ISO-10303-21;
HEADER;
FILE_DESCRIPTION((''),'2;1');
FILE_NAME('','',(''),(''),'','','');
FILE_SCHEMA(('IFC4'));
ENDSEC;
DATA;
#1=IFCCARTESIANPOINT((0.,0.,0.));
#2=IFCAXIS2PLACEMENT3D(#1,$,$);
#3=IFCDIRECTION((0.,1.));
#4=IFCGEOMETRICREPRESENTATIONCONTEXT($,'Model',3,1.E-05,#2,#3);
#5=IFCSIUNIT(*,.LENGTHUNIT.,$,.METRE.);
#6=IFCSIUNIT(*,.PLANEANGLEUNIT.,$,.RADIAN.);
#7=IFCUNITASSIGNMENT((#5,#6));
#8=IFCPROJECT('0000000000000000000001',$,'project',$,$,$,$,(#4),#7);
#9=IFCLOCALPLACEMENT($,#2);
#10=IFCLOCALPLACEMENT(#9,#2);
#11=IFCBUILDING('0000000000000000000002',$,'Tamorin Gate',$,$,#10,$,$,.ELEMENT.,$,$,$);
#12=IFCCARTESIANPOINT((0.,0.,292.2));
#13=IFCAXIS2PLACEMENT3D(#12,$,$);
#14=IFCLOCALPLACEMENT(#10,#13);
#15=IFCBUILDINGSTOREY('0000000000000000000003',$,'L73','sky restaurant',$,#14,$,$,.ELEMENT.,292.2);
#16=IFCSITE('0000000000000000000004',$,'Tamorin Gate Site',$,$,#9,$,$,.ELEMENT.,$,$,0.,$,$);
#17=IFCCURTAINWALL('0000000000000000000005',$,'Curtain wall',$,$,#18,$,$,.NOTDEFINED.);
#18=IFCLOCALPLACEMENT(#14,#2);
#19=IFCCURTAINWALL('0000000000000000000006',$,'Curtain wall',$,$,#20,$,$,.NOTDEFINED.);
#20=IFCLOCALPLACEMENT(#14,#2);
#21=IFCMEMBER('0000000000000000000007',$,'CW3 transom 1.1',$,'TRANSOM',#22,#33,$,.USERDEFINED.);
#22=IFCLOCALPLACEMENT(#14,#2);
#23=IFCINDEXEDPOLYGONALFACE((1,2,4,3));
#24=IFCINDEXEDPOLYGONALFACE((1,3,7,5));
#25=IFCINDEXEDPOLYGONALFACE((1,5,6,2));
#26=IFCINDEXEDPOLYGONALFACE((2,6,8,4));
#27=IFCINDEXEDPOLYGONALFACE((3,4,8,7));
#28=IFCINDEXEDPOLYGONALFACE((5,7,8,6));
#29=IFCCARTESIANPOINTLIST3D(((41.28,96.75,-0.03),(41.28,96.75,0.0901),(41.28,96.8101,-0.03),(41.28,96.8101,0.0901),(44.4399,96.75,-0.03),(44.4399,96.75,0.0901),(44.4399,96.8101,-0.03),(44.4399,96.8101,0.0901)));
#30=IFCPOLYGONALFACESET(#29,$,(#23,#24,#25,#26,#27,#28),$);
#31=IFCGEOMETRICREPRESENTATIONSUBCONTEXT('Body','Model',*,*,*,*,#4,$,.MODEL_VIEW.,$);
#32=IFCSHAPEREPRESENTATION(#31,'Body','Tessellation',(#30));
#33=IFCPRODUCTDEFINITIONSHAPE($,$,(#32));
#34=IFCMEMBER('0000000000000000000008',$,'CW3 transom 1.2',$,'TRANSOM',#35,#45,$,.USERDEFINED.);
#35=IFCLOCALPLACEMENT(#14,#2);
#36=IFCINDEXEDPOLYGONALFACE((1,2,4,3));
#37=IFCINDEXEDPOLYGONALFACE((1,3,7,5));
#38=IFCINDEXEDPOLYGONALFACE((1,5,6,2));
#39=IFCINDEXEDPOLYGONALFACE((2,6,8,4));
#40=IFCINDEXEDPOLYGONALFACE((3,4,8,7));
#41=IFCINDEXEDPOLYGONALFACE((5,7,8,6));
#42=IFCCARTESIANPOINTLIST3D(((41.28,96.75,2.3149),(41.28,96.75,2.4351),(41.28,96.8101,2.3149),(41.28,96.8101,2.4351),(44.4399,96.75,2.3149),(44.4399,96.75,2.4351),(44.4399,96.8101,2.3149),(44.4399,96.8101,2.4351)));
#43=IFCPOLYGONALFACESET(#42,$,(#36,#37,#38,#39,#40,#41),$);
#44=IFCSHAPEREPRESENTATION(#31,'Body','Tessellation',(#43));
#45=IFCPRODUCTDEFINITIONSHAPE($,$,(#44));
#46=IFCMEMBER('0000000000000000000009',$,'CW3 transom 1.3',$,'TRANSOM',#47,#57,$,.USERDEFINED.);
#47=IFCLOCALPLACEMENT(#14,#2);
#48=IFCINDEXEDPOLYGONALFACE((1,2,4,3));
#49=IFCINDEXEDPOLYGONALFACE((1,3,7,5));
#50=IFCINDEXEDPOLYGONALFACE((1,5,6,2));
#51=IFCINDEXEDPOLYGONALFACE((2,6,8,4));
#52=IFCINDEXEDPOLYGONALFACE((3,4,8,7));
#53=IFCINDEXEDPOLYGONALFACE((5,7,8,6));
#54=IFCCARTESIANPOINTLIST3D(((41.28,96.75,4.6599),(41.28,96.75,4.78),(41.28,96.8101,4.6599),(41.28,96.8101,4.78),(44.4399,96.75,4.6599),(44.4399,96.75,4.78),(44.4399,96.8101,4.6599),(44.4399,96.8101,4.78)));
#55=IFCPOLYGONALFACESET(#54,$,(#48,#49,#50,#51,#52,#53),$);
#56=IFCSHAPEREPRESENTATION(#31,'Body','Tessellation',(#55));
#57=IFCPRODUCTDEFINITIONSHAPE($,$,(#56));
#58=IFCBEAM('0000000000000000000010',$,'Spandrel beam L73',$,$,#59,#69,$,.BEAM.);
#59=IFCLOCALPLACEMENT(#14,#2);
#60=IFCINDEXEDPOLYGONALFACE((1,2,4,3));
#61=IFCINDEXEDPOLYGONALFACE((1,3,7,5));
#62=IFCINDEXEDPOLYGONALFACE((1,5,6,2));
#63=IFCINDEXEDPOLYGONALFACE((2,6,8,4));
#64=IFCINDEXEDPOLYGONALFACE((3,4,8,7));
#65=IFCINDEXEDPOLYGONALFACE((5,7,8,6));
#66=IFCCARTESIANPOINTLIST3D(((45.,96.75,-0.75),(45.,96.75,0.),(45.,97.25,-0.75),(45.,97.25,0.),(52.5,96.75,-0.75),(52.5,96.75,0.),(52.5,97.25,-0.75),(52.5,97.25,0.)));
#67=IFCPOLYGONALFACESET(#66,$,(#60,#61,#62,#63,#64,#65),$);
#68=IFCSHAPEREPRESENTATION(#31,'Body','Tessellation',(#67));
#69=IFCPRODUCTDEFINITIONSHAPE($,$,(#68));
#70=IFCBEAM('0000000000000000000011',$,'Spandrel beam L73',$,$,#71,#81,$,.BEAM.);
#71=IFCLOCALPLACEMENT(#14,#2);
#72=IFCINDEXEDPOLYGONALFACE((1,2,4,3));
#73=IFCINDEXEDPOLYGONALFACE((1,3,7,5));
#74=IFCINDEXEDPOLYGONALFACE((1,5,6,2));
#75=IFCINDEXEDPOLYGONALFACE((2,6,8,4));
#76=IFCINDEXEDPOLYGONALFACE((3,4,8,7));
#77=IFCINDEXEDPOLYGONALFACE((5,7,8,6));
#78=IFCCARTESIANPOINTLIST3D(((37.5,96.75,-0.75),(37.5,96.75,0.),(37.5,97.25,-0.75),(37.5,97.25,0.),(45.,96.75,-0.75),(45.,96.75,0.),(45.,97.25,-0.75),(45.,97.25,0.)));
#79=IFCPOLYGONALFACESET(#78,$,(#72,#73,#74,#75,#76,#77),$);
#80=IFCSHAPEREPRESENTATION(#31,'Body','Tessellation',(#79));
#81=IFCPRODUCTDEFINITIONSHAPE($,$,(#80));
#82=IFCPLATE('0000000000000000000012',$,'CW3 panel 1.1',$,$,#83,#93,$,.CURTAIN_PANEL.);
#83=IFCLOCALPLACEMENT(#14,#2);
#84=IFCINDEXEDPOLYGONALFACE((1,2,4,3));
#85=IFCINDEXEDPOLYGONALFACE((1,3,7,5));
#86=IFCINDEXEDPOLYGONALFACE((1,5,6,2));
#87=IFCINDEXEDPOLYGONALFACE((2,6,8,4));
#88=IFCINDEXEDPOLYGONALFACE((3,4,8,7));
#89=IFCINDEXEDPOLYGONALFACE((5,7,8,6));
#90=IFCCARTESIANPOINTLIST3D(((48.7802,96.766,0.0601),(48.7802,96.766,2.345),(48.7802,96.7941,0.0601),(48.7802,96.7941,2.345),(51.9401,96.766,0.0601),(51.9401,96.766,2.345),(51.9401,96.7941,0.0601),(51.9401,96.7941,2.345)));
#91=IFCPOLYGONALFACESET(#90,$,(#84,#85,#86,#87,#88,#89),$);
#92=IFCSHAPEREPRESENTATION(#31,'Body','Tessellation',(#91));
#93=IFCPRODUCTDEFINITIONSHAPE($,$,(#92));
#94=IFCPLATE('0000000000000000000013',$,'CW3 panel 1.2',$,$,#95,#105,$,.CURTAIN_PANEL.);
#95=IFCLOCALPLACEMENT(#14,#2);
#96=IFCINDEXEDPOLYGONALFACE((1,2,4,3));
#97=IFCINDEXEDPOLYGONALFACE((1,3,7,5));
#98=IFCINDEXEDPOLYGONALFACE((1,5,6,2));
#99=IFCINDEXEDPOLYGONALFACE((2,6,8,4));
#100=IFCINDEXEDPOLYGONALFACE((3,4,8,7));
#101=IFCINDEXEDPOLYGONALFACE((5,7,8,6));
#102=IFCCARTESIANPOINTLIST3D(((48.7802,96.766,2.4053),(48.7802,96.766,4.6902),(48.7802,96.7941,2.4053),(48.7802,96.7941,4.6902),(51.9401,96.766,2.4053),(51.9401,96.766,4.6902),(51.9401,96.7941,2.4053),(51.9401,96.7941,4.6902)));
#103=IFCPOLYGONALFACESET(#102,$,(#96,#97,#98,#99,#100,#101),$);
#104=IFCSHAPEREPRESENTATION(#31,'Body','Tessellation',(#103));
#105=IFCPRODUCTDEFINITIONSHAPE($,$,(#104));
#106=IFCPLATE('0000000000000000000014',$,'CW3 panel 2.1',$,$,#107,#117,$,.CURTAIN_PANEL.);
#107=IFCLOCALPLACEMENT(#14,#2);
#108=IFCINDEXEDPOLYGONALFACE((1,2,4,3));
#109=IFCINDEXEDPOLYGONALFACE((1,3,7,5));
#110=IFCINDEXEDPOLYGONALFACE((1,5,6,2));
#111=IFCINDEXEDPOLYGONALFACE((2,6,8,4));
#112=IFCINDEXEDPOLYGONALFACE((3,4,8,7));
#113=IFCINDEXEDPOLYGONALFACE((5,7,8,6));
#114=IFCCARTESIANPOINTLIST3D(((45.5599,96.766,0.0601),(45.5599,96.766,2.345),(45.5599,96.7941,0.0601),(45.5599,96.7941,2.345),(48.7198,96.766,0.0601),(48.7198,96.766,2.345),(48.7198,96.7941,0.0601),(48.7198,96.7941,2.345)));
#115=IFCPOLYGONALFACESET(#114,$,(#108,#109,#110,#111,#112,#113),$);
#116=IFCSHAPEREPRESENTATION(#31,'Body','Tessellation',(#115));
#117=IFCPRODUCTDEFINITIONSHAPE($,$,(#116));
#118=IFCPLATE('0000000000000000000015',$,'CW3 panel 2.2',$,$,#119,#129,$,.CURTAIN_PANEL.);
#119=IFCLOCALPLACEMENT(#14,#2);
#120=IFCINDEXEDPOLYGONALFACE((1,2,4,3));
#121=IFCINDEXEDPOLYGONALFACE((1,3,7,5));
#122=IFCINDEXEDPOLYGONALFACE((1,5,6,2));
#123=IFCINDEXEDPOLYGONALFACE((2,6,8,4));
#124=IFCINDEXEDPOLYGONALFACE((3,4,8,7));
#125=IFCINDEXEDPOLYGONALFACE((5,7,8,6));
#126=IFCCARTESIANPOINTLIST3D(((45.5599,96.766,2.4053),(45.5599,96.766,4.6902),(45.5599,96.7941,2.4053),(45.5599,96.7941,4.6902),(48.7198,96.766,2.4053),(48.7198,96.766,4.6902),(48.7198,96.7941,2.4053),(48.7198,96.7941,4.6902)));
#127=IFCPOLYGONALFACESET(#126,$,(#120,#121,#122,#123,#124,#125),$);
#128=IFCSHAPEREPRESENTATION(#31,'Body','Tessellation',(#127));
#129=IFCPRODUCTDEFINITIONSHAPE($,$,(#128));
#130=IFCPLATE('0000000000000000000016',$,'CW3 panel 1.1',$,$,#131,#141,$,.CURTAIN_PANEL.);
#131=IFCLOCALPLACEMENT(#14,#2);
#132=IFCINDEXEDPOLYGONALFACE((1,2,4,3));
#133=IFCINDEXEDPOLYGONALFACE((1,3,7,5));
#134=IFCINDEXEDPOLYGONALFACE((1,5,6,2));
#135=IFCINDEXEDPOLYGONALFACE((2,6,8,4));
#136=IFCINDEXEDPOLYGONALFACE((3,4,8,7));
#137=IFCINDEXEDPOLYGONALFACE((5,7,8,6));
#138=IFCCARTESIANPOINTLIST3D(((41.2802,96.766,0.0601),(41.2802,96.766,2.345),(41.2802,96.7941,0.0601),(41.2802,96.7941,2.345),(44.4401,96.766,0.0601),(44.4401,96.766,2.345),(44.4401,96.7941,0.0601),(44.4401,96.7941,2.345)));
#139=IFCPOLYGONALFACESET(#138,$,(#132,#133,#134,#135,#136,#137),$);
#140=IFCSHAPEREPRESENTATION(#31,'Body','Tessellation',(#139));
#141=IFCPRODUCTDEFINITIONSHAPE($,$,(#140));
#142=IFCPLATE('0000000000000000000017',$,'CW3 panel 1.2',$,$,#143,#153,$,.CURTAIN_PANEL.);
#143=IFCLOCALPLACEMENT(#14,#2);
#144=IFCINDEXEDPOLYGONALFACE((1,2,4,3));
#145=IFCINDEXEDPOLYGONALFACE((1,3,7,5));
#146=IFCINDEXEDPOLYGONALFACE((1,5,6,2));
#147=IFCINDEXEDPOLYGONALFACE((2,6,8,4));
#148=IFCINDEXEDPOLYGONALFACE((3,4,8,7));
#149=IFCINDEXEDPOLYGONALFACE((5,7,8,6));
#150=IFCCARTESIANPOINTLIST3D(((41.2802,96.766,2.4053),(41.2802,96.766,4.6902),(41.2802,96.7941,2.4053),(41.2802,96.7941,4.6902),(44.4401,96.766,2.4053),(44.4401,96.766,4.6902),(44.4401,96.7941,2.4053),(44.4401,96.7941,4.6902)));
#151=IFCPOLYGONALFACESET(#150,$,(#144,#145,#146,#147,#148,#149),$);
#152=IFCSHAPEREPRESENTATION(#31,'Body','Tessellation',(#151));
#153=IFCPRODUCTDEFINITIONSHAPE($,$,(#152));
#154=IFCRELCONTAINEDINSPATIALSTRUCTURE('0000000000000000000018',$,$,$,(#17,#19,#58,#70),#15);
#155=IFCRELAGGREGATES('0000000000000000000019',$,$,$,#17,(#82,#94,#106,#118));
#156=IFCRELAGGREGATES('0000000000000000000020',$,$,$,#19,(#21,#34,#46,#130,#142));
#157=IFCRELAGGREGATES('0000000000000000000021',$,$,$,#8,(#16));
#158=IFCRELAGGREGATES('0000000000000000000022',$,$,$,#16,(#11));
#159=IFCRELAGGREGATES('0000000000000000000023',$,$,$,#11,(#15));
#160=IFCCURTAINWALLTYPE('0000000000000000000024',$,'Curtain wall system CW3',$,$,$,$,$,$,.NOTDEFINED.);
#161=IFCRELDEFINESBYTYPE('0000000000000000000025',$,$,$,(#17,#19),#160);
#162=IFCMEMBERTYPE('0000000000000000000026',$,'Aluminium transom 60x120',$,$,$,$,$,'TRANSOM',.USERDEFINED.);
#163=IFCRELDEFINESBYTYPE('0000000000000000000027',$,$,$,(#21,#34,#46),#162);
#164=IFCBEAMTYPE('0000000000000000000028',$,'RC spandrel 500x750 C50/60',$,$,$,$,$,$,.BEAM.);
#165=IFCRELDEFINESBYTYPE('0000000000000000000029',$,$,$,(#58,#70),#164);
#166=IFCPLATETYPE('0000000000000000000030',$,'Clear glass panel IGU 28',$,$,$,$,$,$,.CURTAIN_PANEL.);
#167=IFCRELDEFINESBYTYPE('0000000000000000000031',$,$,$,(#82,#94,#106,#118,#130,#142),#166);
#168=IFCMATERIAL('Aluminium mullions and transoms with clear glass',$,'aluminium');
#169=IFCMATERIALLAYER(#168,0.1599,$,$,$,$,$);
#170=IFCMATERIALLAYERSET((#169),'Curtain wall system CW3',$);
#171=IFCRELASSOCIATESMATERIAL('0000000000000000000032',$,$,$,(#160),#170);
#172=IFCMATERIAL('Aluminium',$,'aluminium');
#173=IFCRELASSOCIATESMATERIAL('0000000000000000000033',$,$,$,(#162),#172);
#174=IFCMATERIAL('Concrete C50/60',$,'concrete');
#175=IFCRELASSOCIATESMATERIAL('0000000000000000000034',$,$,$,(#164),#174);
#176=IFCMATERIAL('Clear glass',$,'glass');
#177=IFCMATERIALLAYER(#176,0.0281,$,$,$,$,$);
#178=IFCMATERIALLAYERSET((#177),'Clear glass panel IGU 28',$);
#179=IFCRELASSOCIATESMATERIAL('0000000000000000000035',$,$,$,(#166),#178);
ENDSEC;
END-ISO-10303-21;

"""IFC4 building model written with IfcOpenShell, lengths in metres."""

from ifc_helpers import new_model, si_unit, direction, frame, origin, origin_2d, place, context, subcontext, project, spatial, rectangle, extrude, material, layer, layer_set, material_profile, profile_set, type_object, element, aggregate, save


model = new_model("IFC4")

# Units and contexts
model_context = context("Model", 3, precision=1e-05, world=origin(), true_north=direction((0.0, 1.0)))
body_context = subcontext(model_context, "Body", "Model", "MODEL_VIEW")
ifc_project = project(units=[si_unit("LENGTHUNIT", "METRE"), si_unit("PLANEANGLEUNIT", "RADIAN")], contexts=[model_context])

# Site, building, storey
site_placement = place(None, origin())
site = spatial("IfcSite", under=ifc_project, at=site_placement, Name="Tamorin Gate Site", CompositionType="ELEMENT", RefElevation=0.0)
building_placement = place(site_placement, origin())
building = spatial("IfcBuilding", under=site, at=building_placement, Name="Tamorin Gate", CompositionType="ELEMENT")
storey_placement = place(building_placement, frame((0.0, 0.0, 292.2)))
storey = spatial("IfcBuildingStorey", under=building, at=storey_placement, Name="L73", Description="sky restaurant", CompositionType="ELEMENT", Elevation=292.2)

# Shared definitions
ifc_material_1 = material(Name="Concrete C50/60", Category="concrete")

# Shared definitions
ifc_material_2 = material(Name="Aluminium mullions and transoms with clear glass", Category="aluminium")
ifc_layer_1 = layer(ifc_material_2, 0.1599)
ifc_layer_set_1 = layer_set([ifc_layer_1], Name="Curtain wall system CW3")
curtain_wall_type = type_object("IfcCurtainWallType", Name="Curtain wall system CW3", PredefinedType="NOTDEFINED", material=ifc_layer_set_1)
ifc_material_3 = material(Name="Aluminium", Category="aluminium")

# Curtain wall
curtain_wall_1_placement = place(storey_placement, origin())
curtain_wall_1 = element("IfcCurtainWall", 1, at=curtain_wall_1_placement, inside=storey, type_object=curtain_wall_type, Name="Curtain wall", PredefinedType="NOTDEFINED")

# Curtain wall
curtain_wall_2_placement = place(storey_placement, origin())
curtain_wall_2 = element("IfcCurtainWall", 2, at=curtain_wall_2_placement, inside=storey, type_object=curtain_wall_type, Name="Curtain wall", PredefinedType="NOTDEFINED")

# Members
ifc_material_profile_1 = material_profile(ifc_material_3, rectangle(XDim=0.0601, YDim=0.1201, at=origin_2d()), Name="RECT 60x120")
ifc_profile_set_1 = profile_set([ifc_material_profile_1], Name="Aluminium")
member_type_1 = type_object("IfcMemberType", Name="Aluminium transom 60x120", ElementType="TRANSOM", PredefinedType="USERDEFINED", material=ifc_profile_set_1)
member_1_placement = place(storey_placement, frame((44.4399, 96.78, 0.03), z_axis=(-1.0, 0.0, 0.0), x_axis=(0.0, -1.0, 0.0)))
member_1 = element("IfcMember", 3, at=member_1_placement, type_object=member_type_1, Name="CW3 transom 1.1", ObjectType="TRANSOM", PredefinedType="USERDEFINED", context=body_context, shape_type="SweptSolid", body=[
    extrude(rectangle(XDim=0.0601, YDim=0.1201, at=origin_2d()), origin(), (0.0, 0.0, 1.0), 3.1599),
])
member_2_placement = place(storey_placement, frame((44.4399, 96.78, 2.375), z_axis=(-1.0, 0.0, 0.0), x_axis=(0.0, -1.0, 0.0)))
member_2 = element("IfcMember", 4, at=member_2_placement, type_object=member_type_1, Name="CW3 transom 1.2", ObjectType="TRANSOM", PredefinedType="USERDEFINED", context=body_context, shape_type="SweptSolid", body=[
    extrude(rectangle(XDim=0.0601, YDim=0.1201, at=origin_2d()), origin(), (0.0, 0.0, 1.0), 3.1599),
])
member_3_placement = place(storey_placement, frame((44.4399, 96.78, 4.72), z_axis=(-1.0, 0.0, 0.0), x_axis=(0.0, -1.0, 0.0)))
member_3 = element("IfcMember", 5, at=member_3_placement, type_object=member_type_1, Name="CW3 transom 1.3", ObjectType="TRANSOM", PredefinedType="USERDEFINED", context=body_context, shape_type="SweptSolid", body=[
    extrude(rectangle(XDim=0.0601, YDim=0.1201, at=origin_2d()), origin(), (0.0, 0.0, 1.0), 3.1599),
])

# Beams
ifc_material_profile_2 = material_profile(ifc_material_1, rectangle(XDim=0.5, YDim=0.75, at=origin_2d()), Name="RC 500x750")
ifc_profile_set_2 = profile_set([ifc_material_profile_2], Name="Concrete C50/60")
beam_type = type_object("IfcBeamType", Name="RC spandrel 500x750 C50/60", PredefinedType="BEAM", material=ifc_profile_set_2)
for number, where, z_axis, x_axis, name in (
    (6, (52.5, 97.0, -0.375), (-1.0, 0.0, 0.0), (0.0, -1.0, 0.0), "Spandrel beam L73"),
    (7, (45.0, 97.0, -0.375), (-1.0, 0.0, 0.0), (0.0, -1.0, 0.0), "Spandrel beam L73"),
):
    element("IfcBeam", number, at=place(storey_placement, frame(where, z_axis=z_axis, x_axis=x_axis)), inside=storey, type_object=beam_type, Name=name, PredefinedType="BEAM", context=body_context, shape_type="SweptSolid", body=[
        extrude(rectangle(XDim=0.5, YDim=0.75, at=origin_2d()), origin(), (0.0, 0.0, 1.0), 7.5),
    ])

# Plates
ifc_material_4 = material(Name="Clear glass", Category="glass")
ifc_layer_2 = layer(ifc_material_4, 0.0281)
ifc_layer_set_2 = layer_set([ifc_layer_2], Name="Clear glass panel IGU 28")
plate_type = type_object("IfcPlateType", Name="Clear glass panel IGU 28", PredefinedType="CURTAIN_PANEL", material=ifc_layer_set_2)
plate_1_placement = place(storey_placement, frame((50.3601, 96.78, 0.0601), z_axis=(0.0, 0.0, 1.0), x_axis=(-1.0, 0.0, 0.0)))
plate_1 = element("IfcPlate", 8, at=plate_1_placement, type_object=plate_type, Name="CW3 panel 1.1", PredefinedType="CURTAIN_PANEL", context=body_context, shape_type="SweptSolid", body=[
    extrude(rectangle(XDim=3.1599, YDim=0.0281, at=origin_2d()), origin(), (0.0, 0.0, 1.0), 2.2849),
])
plate_2_placement = place(storey_placement, frame((50.3601, 96.78, 2.4053), z_axis=(0.0, 0.0, 1.0), x_axis=(-1.0, 0.0, 0.0)))
plate_2 = element("IfcPlate", 9, at=plate_2_placement, type_object=plate_type, Name="CW3 panel 1.2", PredefinedType="CURTAIN_PANEL", context=body_context, shape_type="SweptSolid", body=[
    extrude(rectangle(XDim=3.1599, YDim=0.0281, at=origin_2d()), origin(), (0.0, 0.0, 1.0), 2.2849),
])
plate_3_placement = place(storey_placement, frame((47.1399, 96.78, 0.0601), z_axis=(0.0, 0.0, 1.0), x_axis=(-1.0, 0.0, 0.0)))
plate_3 = element("IfcPlate", 10, at=plate_3_placement, type_object=plate_type, Name="CW3 panel 2.1", PredefinedType="CURTAIN_PANEL", context=body_context, shape_type="SweptSolid", body=[
    extrude(rectangle(XDim=3.1599, YDim=0.0281, at=origin_2d()), origin(), (0.0, 0.0, 1.0), 2.2849),
])
plate_4_placement = place(storey_placement, frame((47.1399, 96.78, 2.4053), z_axis=(0.0, 0.0, 1.0), x_axis=(-1.0, 0.0, 0.0)))
plate_4 = element("IfcPlate", 11, at=plate_4_placement, type_object=plate_type, Name="CW3 panel 2.2", PredefinedType="CURTAIN_PANEL", context=body_context, shape_type="SweptSolid", body=[
    extrude(rectangle(XDim=3.1599, YDim=0.0281, at=origin_2d()), origin(), (0.0, 0.0, 1.0), 2.2849),
])
aggregate(curtain_wall_1, [plate_1, plate_2, plate_3, plate_4])
plate_5_placement = place(storey_placement, frame((42.8601, 96.78, 0.0601), z_axis=(0.0, 0.0, 1.0), x_axis=(-1.0, 0.0, 0.0)))
plate_5 = element("IfcPlate", 12, at=plate_5_placement, type_object=plate_type, Name="CW3 panel 1.1", PredefinedType="CURTAIN_PANEL", context=body_context, shape_type="SweptSolid", body=[
    extrude(rectangle(XDim=3.1599, YDim=0.0281, at=origin_2d()), origin(), (0.0, 0.0, 1.0), 2.2849),
])
plate_6_placement = place(storey_placement, frame((42.8601, 96.78, 2.4053), z_axis=(0.0, 0.0, 1.0), x_axis=(-1.0, 0.0, 0.0)))
plate_6 = element("IfcPlate", 13, at=plate_6_placement, type_object=plate_type, Name="CW3 panel 1.2", PredefinedType="CURTAIN_PANEL", context=body_context, shape_type="SweptSolid", body=[
    extrude(rectangle(XDim=3.1599, YDim=0.0281, at=origin_2d()), origin(), (0.0, 0.0, 1.0), 2.2849),
])
aggregate(curtain_wall_2, [member_1, member_2, member_3, plate_5, plate_6])

save(model, "model.ifc")
